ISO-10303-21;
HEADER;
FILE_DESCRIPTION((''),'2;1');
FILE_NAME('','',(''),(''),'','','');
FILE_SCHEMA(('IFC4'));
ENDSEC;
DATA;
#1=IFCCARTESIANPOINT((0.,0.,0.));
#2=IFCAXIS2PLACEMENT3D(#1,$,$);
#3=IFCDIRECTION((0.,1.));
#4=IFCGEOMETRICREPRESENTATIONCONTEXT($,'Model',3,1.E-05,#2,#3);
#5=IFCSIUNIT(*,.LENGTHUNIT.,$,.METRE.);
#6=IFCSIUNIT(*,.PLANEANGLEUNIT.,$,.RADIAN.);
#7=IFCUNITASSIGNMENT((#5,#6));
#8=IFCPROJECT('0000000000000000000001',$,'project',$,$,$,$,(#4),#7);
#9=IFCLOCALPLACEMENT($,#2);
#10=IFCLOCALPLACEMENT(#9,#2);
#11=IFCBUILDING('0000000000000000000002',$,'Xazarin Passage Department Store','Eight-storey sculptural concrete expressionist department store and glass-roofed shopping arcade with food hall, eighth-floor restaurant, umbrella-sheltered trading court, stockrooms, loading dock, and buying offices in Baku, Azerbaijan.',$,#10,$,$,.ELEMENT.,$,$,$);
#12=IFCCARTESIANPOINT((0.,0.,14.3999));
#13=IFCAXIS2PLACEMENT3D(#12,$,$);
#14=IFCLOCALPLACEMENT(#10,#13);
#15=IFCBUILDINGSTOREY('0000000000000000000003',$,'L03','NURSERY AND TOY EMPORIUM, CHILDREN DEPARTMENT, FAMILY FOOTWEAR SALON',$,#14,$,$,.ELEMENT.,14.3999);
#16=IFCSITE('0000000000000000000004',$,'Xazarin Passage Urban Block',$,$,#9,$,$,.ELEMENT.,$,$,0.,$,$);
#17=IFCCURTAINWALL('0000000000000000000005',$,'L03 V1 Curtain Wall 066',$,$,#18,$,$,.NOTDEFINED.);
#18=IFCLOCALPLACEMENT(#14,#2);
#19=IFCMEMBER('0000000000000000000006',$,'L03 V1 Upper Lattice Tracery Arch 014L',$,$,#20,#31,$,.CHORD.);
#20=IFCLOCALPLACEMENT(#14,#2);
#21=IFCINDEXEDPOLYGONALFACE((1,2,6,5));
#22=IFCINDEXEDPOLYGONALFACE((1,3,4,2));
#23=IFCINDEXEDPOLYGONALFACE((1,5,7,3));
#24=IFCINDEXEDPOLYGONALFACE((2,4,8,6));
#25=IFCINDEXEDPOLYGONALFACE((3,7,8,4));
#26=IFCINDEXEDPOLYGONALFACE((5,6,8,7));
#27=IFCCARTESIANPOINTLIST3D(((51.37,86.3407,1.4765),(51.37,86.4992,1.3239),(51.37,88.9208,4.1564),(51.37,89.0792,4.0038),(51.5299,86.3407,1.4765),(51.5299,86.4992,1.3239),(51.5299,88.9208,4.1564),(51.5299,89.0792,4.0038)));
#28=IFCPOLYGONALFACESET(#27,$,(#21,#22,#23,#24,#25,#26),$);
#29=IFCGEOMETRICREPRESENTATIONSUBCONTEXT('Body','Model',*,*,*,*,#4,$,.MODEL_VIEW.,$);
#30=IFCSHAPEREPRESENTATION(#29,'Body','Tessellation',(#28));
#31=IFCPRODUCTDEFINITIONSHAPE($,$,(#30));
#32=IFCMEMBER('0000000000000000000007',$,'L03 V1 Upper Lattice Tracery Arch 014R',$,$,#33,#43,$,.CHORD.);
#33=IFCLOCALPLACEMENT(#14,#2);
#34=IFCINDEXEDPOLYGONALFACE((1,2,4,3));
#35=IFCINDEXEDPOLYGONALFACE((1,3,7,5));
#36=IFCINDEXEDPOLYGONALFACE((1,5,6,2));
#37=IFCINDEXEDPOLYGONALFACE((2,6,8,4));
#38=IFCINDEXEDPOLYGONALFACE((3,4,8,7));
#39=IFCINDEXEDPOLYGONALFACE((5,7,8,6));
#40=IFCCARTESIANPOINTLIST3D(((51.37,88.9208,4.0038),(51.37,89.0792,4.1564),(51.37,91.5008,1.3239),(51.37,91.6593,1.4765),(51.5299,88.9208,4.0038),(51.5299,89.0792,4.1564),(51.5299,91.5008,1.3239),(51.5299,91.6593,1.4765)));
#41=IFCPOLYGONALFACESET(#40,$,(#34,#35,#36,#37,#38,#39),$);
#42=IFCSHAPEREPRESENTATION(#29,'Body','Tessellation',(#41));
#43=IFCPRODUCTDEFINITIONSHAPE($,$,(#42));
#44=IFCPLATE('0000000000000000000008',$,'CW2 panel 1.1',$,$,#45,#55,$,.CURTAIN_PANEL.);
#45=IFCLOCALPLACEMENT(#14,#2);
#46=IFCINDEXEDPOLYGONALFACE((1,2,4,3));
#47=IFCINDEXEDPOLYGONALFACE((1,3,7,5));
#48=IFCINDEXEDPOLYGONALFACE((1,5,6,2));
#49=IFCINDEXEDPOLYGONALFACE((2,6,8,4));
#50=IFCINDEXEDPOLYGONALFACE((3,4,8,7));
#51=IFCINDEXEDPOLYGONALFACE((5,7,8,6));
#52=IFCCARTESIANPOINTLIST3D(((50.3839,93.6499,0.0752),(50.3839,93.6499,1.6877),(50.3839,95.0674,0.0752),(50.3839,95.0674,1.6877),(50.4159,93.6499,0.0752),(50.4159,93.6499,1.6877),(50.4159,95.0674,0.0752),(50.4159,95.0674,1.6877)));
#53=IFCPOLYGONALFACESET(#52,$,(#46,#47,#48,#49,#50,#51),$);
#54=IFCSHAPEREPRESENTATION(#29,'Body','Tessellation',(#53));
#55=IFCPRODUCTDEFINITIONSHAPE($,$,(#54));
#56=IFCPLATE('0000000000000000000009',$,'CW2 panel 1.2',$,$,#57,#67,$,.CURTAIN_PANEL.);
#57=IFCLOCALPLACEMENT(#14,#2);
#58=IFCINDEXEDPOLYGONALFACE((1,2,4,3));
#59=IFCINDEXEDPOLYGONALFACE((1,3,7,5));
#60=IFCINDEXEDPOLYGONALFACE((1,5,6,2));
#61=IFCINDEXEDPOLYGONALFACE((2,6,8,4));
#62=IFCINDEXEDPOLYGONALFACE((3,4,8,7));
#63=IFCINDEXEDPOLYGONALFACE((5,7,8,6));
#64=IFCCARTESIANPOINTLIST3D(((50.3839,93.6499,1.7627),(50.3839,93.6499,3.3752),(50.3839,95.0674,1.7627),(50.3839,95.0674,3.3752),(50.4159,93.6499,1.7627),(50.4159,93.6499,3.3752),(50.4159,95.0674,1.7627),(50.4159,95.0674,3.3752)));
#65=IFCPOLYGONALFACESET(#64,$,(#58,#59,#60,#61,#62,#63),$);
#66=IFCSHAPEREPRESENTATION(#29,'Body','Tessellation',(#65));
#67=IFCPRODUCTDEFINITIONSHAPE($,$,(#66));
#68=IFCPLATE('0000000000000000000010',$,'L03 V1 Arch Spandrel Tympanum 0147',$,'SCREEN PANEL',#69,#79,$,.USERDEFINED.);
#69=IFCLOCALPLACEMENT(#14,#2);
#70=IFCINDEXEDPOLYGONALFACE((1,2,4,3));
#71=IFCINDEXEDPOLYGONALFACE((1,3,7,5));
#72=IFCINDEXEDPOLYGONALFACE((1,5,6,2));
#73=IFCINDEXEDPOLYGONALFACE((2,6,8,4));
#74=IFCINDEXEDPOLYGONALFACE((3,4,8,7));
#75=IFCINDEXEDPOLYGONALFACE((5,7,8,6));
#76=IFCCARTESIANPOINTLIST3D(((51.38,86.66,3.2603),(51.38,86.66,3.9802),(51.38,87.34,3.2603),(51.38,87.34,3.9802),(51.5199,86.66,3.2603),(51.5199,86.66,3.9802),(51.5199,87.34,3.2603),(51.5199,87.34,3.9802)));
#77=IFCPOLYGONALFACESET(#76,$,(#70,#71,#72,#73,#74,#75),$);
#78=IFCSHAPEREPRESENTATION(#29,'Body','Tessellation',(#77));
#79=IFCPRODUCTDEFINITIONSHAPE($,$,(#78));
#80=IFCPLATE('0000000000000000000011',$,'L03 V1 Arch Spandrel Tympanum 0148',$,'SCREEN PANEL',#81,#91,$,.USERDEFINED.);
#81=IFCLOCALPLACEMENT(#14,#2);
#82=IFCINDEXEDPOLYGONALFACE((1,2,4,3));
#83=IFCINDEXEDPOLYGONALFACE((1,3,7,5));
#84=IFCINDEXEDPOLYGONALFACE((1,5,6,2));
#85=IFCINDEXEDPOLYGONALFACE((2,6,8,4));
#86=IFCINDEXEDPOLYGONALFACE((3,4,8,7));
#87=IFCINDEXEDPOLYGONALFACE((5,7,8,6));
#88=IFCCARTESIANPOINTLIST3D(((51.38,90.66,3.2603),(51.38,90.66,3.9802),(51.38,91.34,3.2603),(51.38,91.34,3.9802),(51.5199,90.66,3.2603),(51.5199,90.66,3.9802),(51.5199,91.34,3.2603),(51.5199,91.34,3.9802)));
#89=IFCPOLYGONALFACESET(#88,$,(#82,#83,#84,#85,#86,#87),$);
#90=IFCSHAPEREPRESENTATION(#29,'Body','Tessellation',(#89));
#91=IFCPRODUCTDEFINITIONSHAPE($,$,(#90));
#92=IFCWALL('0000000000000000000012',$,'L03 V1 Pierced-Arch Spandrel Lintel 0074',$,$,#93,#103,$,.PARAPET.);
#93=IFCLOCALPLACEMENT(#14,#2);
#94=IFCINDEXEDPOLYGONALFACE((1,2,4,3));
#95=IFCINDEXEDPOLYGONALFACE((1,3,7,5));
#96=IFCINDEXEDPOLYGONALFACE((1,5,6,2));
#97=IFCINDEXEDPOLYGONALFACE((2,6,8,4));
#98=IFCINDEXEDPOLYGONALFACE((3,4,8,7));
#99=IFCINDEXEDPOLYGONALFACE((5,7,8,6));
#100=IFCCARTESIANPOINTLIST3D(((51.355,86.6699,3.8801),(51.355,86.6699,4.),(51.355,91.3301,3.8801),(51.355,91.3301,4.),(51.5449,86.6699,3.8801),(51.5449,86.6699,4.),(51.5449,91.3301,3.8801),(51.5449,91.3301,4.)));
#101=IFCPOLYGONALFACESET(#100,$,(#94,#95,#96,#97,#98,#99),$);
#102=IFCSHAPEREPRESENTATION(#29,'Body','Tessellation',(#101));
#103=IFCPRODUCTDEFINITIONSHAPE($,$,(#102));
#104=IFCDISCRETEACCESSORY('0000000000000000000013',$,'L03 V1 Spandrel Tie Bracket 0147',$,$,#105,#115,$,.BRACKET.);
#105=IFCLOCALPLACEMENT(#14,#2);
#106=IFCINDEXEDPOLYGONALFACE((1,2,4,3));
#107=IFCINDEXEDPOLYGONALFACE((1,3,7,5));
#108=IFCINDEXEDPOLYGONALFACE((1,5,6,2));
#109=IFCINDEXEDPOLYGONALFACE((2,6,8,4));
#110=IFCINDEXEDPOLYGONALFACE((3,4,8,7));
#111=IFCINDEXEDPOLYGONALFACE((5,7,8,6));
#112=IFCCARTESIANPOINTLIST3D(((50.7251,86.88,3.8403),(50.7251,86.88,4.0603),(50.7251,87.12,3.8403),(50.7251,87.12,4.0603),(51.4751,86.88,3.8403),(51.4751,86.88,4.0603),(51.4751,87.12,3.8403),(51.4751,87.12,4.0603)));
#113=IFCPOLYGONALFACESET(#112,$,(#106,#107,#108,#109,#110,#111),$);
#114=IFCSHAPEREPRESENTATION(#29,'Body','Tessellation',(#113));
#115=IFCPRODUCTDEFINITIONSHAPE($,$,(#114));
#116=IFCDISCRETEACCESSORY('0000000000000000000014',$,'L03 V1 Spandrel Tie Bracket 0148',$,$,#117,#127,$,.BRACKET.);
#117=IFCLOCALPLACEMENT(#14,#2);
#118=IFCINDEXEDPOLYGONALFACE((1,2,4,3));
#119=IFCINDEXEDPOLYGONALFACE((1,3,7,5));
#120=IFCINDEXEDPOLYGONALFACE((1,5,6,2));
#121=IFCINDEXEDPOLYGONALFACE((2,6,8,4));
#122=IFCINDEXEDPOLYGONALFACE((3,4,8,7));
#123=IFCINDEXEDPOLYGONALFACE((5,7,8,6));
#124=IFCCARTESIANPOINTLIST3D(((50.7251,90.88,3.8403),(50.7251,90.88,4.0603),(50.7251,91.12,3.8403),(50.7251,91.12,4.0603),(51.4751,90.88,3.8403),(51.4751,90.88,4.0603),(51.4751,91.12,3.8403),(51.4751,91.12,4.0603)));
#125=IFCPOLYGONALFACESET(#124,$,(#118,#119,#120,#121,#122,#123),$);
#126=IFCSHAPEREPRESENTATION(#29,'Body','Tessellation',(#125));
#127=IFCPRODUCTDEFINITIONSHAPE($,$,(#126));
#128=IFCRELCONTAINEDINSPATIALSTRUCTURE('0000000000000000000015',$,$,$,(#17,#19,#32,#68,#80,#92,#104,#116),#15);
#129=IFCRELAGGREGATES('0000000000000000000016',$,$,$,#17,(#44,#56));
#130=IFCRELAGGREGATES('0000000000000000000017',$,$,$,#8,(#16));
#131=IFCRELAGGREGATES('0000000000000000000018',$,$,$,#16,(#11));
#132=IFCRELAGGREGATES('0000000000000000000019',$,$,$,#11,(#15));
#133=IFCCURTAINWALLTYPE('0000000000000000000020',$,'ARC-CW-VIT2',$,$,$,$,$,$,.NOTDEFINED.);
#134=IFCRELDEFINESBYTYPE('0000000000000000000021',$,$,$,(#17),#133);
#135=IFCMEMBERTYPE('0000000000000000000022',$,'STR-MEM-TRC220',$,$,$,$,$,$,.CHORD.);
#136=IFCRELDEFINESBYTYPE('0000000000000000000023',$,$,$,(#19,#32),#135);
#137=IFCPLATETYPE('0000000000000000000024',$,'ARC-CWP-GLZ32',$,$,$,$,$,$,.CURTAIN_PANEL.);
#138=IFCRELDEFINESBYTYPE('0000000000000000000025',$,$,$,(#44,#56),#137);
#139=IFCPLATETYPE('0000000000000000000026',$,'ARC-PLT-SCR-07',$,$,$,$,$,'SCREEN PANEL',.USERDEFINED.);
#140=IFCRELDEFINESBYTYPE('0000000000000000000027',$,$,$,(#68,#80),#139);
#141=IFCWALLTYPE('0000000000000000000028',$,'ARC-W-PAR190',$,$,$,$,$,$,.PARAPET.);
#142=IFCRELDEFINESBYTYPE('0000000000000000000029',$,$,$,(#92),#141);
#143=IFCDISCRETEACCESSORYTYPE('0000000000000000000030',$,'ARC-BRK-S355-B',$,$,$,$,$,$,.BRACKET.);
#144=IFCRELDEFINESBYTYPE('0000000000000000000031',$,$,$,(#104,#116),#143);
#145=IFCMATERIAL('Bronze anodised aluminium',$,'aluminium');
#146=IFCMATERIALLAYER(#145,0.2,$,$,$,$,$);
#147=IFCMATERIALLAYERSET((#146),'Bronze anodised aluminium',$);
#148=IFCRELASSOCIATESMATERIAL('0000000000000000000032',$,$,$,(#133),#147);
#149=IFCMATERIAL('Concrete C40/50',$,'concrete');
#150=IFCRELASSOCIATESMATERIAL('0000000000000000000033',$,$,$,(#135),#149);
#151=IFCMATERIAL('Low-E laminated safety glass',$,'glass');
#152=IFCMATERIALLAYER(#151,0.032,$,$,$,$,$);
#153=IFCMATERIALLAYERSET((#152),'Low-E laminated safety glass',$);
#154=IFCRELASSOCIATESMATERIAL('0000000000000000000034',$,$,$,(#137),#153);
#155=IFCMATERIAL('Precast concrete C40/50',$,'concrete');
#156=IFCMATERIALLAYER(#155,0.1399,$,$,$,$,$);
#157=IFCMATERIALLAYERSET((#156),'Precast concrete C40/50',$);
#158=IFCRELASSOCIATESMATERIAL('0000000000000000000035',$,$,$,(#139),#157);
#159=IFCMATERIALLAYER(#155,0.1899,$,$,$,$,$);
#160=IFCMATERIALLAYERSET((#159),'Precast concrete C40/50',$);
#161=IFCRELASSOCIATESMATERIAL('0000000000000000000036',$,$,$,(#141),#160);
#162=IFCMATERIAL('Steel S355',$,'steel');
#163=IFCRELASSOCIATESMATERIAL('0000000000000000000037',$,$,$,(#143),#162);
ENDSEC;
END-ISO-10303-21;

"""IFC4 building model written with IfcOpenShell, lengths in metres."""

from ifc_helpers import new_model, si_unit, direction, frame, frame_2d, origin, origin_2d, place, context, subcontext, project, spatial, rectangle, extrude, material, layer, layer_set, material_profile, profile_set, type_object, element, aggregate, save


model = new_model("IFC4")

# Units and contexts
model_context = context("Model", 3, precision=1e-05, world=origin(), true_north=direction((0.0, 1.0)))
body_context = subcontext(model_context, "Body", "Model", "MODEL_VIEW")
ifc_project = project(units=[si_unit("LENGTHUNIT", "METRE"), si_unit("PLANEANGLEUNIT", "RADIAN")], contexts=[model_context])

# Site, building, storey
site_placement = place(None, origin())
site = spatial("IfcSite", under=ifc_project, at=site_placement, Name="Xazarin Passage Urban Block", CompositionType="ELEMENT", RefElevation=0.0)
building_placement = place(site_placement, origin())
building = spatial("IfcBuilding", under=site, at=building_placement, Name="Xazarin Passage Department Store", Description="Eight-storey sculptural concrete expressionist department store and glass-roofed shopping arcade with food hall, eighth-floor restaurant, umbrella-sheltered trading court, stockrooms, loading dock, and buying offices in Baku, Azerbaijan.", CompositionType="ELEMENT")
storey_placement = place(building_placement, frame((0.0, 0.0, 14.3999)))
storey = spatial("IfcBuildingStorey", under=building, at=storey_placement, Name="L03", Description="NURSERY AND TOY EMPORIUM, CHILDREN DEPARTMENT, FAMILY FOOTWEAR SALON", CompositionType="ELEMENT", Elevation=14.3999)

# Shared definitions
ifc_material_1 = material(Name="Concrete C40/50", Category="concrete")

# Curtain wall
ifc_material_2 = material(Name="Bronze anodised aluminium", Category="aluminium")
ifc_layer_1 = layer(ifc_material_2, 0.2)
ifc_layer_set_1 = layer_set([ifc_layer_1], Name="Bronze anodised aluminium")
curtain_wall_type = type_object("IfcCurtainWallType", Name="ARC-CW-VIT2", PredefinedType="NOTDEFINED", material=ifc_layer_set_1)
curtain_wall_placement = place(storey_placement, origin())
curtain_wall = element("IfcCurtainWall", 1, at=curtain_wall_placement, inside=storey, type_object=curtain_wall_type, Name="L03 V1 Curtain Wall 066", PredefinedType="NOTDEFINED")

# Members
ifc_material_profile_1 = material_profile(ifc_material_1, rectangle(XDim=0.1599, YDim=0.22, at=origin_2d()), Name="RC 160x220")
ifc_profile_set_1 = profile_set([ifc_material_profile_1], Name="Concrete C40/50")
member_type_1 = type_object("IfcMemberType", Name="STR-MEM-TRC220", PredefinedType="CHORD", material=ifc_profile_set_1)
for number, where, z_axis, x_axis, name in (
    (2, (51.45, 89.0, 4.0801), (0.0, -0.693558, -0.7204), (1.0, 0.0, 0.0), "L03 V1 Upper Lattice Tracery Arch 014L"),
    (3, (51.45, 89.0, 4.0801), (0.0, 0.693558, -0.7204), (-1.0, 0.0, 0.0), "L03 V1 Upper Lattice Tracery Arch 014R"),
):
    element("IfcMember", number, at=place(storey_placement, frame(where, z_axis=z_axis, x_axis=x_axis)), inside=storey, type_object=member_type_1, Name=name, PredefinedType="CHORD", context=body_context, shape_type="SweptSolid", body=[
        extrude(rectangle(XDim=0.1599, YDim=0.22, at=origin_2d()), origin(), (0.0, 0.0, 1.0), 3.72),
    ])

# Plates
ifc_material_3 = material(Name="Low-E laminated safety glass", Category="glass")
ifc_layer_2 = layer(ifc_material_3, 0.032)
ifc_layer_set_2 = layer_set([ifc_layer_2], Name="Low-E laminated safety glass")
plate_type_1 = type_object("IfcPlateType", Name="ARC-CWP-GLZ32", PredefinedType="CURTAIN_PANEL", material=ifc_layer_set_2)
plate_1_placement = place(storey_placement, frame((50.3999, 94.3586, 0.0752), z_axis=(0.0, 0.0, 1.0), x_axis=(0.0, 1.0, 0.0)))
plate_1 = element("IfcPlate", 4, at=plate_1_placement, type_object=plate_type_1, Name="CW2 panel 1.1", PredefinedType="CURTAIN_PANEL", context=body_context, shape_type="SweptSolid", body=[
    extrude(rectangle(XDim=1.4175, YDim=0.032, at=origin_2d()), origin(), (0.0, 0.0, 1.0), 1.6125),
])
plate_2_placement = place(storey_placement, frame((50.3999, 94.3586, 1.7627), z_axis=(0.0, 0.0, 1.0), x_axis=(0.0, 1.0, 0.0)))
plate_2 = element("IfcPlate", 5, at=plate_2_placement, type_object=plate_type_1, Name="CW2 panel 1.2", PredefinedType="CURTAIN_PANEL", context=body_context, shape_type="SweptSolid", body=[
    extrude(rectangle(XDim=1.4175, YDim=0.032, at=origin_2d()), origin(), (0.0, 0.0, 1.0), 1.6125),
])
aggregate(curtain_wall, [plate_1, plate_2])

# Plates
ifc_material_4 = material(Name="Precast concrete C40/50", Category="concrete")
ifc_layer_3 = layer(ifc_material_4, 0.1399)
ifc_layer_set_3 = layer_set([ifc_layer_3], Name="Precast concrete C40/50")
plate_type_2 = type_object("IfcPlateType", Name="ARC-PLT-SCR-07", ElementType="SCREEN PANEL", PredefinedType="USERDEFINED", material=ifc_layer_set_3)
for number, where, z_axis, x_axis, name in (
    (6, (51.45, 87.0, 3.2603), (0.0, 0.0, 1.0), (0.0, 1.0, 0.0), "L03 V1 Arch Spandrel Tympanum 0147"),
    (7, (51.45, 91.0, 3.2603), (0.0, 0.0, 1.0), (0.0, 1.0, 0.0), "L03 V1 Arch Spandrel Tympanum 0148"),
):
    element("IfcPlate", number, at=place(storey_placement, frame(where, z_axis=z_axis, x_axis=x_axis)), inside=storey, type_object=plate_type_2, Name=name, ObjectType="SCREEN PANEL", PredefinedType="USERDEFINED", context=body_context, shape_type="SweptSolid", body=[
        extrude(rectangle(XDim=0.6799, YDim=0.1399, at=origin_2d()), origin(), (0.0, 0.0, 1.0), 0.72),
    ])

# Wall
ifc_layer_4 = layer(ifc_material_4, 0.1899)
ifc_layer_set_4 = layer_set([ifc_layer_4], Name="Precast concrete C40/50")
wall_type = type_object("IfcWallType", Name="ARC-W-PAR190", PredefinedType="PARAPET", material=ifc_layer_set_4)
wall_placement = place(storey_placement, frame((51.45, 86.6699, 3.8801), z_axis=(0.0, 0.0, 1.0), x_axis=(0.0, 1.0, 0.0)))
element("IfcWall", 8, at=wall_placement, inside=storey, type_object=wall_type, Name="L03 V1 Pierced-Arch Spandrel Lintel 0074", PredefinedType="PARAPET", context=body_context, shape_type="SweptSolid", body=[
    extrude(rectangle(XDim=4.6602, YDim=0.1899, at=frame_2d((2.3301, 0.0))), origin(), (0.0, 0.0, 1.0), 0.1199),
])

# Discrete accessories
ifc_material_5 = material(Name="Steel S355", Category="steel")
discrete_accessory_type = type_object("IfcDiscreteAccessoryType", Name="ARC-BRK-S355-B", PredefinedType="BRACKET", material=ifc_material_5)
for number, where, z_axis, x_axis, name in (
    (9, (51.1001, 87.0, 3.8403), (0.0, 0.0, 1.0), (0.0, 1.0, 0.0), "L03 V1 Spandrel Tie Bracket 0147"),
    (10, (51.1001, 91.0, 3.8403), (0.0, 0.0, 1.0), (0.0, 1.0, 0.0), "L03 V1 Spandrel Tie Bracket 0148"),
):
    element("IfcDiscreteAccessory", number, at=place(storey_placement, frame(where, z_axis=z_axis, x_axis=x_axis)), inside=storey, type_object=discrete_accessory_type, Name=name, PredefinedType="BRACKET", context=body_context, shape_type="SweptSolid", body=[
        extrude(rectangle(XDim=0.24, YDim=0.75, at=origin_2d()), origin(), (0.0, 0.0, 1.0), 0.22),
    ])

save(model, "model.ifc")
